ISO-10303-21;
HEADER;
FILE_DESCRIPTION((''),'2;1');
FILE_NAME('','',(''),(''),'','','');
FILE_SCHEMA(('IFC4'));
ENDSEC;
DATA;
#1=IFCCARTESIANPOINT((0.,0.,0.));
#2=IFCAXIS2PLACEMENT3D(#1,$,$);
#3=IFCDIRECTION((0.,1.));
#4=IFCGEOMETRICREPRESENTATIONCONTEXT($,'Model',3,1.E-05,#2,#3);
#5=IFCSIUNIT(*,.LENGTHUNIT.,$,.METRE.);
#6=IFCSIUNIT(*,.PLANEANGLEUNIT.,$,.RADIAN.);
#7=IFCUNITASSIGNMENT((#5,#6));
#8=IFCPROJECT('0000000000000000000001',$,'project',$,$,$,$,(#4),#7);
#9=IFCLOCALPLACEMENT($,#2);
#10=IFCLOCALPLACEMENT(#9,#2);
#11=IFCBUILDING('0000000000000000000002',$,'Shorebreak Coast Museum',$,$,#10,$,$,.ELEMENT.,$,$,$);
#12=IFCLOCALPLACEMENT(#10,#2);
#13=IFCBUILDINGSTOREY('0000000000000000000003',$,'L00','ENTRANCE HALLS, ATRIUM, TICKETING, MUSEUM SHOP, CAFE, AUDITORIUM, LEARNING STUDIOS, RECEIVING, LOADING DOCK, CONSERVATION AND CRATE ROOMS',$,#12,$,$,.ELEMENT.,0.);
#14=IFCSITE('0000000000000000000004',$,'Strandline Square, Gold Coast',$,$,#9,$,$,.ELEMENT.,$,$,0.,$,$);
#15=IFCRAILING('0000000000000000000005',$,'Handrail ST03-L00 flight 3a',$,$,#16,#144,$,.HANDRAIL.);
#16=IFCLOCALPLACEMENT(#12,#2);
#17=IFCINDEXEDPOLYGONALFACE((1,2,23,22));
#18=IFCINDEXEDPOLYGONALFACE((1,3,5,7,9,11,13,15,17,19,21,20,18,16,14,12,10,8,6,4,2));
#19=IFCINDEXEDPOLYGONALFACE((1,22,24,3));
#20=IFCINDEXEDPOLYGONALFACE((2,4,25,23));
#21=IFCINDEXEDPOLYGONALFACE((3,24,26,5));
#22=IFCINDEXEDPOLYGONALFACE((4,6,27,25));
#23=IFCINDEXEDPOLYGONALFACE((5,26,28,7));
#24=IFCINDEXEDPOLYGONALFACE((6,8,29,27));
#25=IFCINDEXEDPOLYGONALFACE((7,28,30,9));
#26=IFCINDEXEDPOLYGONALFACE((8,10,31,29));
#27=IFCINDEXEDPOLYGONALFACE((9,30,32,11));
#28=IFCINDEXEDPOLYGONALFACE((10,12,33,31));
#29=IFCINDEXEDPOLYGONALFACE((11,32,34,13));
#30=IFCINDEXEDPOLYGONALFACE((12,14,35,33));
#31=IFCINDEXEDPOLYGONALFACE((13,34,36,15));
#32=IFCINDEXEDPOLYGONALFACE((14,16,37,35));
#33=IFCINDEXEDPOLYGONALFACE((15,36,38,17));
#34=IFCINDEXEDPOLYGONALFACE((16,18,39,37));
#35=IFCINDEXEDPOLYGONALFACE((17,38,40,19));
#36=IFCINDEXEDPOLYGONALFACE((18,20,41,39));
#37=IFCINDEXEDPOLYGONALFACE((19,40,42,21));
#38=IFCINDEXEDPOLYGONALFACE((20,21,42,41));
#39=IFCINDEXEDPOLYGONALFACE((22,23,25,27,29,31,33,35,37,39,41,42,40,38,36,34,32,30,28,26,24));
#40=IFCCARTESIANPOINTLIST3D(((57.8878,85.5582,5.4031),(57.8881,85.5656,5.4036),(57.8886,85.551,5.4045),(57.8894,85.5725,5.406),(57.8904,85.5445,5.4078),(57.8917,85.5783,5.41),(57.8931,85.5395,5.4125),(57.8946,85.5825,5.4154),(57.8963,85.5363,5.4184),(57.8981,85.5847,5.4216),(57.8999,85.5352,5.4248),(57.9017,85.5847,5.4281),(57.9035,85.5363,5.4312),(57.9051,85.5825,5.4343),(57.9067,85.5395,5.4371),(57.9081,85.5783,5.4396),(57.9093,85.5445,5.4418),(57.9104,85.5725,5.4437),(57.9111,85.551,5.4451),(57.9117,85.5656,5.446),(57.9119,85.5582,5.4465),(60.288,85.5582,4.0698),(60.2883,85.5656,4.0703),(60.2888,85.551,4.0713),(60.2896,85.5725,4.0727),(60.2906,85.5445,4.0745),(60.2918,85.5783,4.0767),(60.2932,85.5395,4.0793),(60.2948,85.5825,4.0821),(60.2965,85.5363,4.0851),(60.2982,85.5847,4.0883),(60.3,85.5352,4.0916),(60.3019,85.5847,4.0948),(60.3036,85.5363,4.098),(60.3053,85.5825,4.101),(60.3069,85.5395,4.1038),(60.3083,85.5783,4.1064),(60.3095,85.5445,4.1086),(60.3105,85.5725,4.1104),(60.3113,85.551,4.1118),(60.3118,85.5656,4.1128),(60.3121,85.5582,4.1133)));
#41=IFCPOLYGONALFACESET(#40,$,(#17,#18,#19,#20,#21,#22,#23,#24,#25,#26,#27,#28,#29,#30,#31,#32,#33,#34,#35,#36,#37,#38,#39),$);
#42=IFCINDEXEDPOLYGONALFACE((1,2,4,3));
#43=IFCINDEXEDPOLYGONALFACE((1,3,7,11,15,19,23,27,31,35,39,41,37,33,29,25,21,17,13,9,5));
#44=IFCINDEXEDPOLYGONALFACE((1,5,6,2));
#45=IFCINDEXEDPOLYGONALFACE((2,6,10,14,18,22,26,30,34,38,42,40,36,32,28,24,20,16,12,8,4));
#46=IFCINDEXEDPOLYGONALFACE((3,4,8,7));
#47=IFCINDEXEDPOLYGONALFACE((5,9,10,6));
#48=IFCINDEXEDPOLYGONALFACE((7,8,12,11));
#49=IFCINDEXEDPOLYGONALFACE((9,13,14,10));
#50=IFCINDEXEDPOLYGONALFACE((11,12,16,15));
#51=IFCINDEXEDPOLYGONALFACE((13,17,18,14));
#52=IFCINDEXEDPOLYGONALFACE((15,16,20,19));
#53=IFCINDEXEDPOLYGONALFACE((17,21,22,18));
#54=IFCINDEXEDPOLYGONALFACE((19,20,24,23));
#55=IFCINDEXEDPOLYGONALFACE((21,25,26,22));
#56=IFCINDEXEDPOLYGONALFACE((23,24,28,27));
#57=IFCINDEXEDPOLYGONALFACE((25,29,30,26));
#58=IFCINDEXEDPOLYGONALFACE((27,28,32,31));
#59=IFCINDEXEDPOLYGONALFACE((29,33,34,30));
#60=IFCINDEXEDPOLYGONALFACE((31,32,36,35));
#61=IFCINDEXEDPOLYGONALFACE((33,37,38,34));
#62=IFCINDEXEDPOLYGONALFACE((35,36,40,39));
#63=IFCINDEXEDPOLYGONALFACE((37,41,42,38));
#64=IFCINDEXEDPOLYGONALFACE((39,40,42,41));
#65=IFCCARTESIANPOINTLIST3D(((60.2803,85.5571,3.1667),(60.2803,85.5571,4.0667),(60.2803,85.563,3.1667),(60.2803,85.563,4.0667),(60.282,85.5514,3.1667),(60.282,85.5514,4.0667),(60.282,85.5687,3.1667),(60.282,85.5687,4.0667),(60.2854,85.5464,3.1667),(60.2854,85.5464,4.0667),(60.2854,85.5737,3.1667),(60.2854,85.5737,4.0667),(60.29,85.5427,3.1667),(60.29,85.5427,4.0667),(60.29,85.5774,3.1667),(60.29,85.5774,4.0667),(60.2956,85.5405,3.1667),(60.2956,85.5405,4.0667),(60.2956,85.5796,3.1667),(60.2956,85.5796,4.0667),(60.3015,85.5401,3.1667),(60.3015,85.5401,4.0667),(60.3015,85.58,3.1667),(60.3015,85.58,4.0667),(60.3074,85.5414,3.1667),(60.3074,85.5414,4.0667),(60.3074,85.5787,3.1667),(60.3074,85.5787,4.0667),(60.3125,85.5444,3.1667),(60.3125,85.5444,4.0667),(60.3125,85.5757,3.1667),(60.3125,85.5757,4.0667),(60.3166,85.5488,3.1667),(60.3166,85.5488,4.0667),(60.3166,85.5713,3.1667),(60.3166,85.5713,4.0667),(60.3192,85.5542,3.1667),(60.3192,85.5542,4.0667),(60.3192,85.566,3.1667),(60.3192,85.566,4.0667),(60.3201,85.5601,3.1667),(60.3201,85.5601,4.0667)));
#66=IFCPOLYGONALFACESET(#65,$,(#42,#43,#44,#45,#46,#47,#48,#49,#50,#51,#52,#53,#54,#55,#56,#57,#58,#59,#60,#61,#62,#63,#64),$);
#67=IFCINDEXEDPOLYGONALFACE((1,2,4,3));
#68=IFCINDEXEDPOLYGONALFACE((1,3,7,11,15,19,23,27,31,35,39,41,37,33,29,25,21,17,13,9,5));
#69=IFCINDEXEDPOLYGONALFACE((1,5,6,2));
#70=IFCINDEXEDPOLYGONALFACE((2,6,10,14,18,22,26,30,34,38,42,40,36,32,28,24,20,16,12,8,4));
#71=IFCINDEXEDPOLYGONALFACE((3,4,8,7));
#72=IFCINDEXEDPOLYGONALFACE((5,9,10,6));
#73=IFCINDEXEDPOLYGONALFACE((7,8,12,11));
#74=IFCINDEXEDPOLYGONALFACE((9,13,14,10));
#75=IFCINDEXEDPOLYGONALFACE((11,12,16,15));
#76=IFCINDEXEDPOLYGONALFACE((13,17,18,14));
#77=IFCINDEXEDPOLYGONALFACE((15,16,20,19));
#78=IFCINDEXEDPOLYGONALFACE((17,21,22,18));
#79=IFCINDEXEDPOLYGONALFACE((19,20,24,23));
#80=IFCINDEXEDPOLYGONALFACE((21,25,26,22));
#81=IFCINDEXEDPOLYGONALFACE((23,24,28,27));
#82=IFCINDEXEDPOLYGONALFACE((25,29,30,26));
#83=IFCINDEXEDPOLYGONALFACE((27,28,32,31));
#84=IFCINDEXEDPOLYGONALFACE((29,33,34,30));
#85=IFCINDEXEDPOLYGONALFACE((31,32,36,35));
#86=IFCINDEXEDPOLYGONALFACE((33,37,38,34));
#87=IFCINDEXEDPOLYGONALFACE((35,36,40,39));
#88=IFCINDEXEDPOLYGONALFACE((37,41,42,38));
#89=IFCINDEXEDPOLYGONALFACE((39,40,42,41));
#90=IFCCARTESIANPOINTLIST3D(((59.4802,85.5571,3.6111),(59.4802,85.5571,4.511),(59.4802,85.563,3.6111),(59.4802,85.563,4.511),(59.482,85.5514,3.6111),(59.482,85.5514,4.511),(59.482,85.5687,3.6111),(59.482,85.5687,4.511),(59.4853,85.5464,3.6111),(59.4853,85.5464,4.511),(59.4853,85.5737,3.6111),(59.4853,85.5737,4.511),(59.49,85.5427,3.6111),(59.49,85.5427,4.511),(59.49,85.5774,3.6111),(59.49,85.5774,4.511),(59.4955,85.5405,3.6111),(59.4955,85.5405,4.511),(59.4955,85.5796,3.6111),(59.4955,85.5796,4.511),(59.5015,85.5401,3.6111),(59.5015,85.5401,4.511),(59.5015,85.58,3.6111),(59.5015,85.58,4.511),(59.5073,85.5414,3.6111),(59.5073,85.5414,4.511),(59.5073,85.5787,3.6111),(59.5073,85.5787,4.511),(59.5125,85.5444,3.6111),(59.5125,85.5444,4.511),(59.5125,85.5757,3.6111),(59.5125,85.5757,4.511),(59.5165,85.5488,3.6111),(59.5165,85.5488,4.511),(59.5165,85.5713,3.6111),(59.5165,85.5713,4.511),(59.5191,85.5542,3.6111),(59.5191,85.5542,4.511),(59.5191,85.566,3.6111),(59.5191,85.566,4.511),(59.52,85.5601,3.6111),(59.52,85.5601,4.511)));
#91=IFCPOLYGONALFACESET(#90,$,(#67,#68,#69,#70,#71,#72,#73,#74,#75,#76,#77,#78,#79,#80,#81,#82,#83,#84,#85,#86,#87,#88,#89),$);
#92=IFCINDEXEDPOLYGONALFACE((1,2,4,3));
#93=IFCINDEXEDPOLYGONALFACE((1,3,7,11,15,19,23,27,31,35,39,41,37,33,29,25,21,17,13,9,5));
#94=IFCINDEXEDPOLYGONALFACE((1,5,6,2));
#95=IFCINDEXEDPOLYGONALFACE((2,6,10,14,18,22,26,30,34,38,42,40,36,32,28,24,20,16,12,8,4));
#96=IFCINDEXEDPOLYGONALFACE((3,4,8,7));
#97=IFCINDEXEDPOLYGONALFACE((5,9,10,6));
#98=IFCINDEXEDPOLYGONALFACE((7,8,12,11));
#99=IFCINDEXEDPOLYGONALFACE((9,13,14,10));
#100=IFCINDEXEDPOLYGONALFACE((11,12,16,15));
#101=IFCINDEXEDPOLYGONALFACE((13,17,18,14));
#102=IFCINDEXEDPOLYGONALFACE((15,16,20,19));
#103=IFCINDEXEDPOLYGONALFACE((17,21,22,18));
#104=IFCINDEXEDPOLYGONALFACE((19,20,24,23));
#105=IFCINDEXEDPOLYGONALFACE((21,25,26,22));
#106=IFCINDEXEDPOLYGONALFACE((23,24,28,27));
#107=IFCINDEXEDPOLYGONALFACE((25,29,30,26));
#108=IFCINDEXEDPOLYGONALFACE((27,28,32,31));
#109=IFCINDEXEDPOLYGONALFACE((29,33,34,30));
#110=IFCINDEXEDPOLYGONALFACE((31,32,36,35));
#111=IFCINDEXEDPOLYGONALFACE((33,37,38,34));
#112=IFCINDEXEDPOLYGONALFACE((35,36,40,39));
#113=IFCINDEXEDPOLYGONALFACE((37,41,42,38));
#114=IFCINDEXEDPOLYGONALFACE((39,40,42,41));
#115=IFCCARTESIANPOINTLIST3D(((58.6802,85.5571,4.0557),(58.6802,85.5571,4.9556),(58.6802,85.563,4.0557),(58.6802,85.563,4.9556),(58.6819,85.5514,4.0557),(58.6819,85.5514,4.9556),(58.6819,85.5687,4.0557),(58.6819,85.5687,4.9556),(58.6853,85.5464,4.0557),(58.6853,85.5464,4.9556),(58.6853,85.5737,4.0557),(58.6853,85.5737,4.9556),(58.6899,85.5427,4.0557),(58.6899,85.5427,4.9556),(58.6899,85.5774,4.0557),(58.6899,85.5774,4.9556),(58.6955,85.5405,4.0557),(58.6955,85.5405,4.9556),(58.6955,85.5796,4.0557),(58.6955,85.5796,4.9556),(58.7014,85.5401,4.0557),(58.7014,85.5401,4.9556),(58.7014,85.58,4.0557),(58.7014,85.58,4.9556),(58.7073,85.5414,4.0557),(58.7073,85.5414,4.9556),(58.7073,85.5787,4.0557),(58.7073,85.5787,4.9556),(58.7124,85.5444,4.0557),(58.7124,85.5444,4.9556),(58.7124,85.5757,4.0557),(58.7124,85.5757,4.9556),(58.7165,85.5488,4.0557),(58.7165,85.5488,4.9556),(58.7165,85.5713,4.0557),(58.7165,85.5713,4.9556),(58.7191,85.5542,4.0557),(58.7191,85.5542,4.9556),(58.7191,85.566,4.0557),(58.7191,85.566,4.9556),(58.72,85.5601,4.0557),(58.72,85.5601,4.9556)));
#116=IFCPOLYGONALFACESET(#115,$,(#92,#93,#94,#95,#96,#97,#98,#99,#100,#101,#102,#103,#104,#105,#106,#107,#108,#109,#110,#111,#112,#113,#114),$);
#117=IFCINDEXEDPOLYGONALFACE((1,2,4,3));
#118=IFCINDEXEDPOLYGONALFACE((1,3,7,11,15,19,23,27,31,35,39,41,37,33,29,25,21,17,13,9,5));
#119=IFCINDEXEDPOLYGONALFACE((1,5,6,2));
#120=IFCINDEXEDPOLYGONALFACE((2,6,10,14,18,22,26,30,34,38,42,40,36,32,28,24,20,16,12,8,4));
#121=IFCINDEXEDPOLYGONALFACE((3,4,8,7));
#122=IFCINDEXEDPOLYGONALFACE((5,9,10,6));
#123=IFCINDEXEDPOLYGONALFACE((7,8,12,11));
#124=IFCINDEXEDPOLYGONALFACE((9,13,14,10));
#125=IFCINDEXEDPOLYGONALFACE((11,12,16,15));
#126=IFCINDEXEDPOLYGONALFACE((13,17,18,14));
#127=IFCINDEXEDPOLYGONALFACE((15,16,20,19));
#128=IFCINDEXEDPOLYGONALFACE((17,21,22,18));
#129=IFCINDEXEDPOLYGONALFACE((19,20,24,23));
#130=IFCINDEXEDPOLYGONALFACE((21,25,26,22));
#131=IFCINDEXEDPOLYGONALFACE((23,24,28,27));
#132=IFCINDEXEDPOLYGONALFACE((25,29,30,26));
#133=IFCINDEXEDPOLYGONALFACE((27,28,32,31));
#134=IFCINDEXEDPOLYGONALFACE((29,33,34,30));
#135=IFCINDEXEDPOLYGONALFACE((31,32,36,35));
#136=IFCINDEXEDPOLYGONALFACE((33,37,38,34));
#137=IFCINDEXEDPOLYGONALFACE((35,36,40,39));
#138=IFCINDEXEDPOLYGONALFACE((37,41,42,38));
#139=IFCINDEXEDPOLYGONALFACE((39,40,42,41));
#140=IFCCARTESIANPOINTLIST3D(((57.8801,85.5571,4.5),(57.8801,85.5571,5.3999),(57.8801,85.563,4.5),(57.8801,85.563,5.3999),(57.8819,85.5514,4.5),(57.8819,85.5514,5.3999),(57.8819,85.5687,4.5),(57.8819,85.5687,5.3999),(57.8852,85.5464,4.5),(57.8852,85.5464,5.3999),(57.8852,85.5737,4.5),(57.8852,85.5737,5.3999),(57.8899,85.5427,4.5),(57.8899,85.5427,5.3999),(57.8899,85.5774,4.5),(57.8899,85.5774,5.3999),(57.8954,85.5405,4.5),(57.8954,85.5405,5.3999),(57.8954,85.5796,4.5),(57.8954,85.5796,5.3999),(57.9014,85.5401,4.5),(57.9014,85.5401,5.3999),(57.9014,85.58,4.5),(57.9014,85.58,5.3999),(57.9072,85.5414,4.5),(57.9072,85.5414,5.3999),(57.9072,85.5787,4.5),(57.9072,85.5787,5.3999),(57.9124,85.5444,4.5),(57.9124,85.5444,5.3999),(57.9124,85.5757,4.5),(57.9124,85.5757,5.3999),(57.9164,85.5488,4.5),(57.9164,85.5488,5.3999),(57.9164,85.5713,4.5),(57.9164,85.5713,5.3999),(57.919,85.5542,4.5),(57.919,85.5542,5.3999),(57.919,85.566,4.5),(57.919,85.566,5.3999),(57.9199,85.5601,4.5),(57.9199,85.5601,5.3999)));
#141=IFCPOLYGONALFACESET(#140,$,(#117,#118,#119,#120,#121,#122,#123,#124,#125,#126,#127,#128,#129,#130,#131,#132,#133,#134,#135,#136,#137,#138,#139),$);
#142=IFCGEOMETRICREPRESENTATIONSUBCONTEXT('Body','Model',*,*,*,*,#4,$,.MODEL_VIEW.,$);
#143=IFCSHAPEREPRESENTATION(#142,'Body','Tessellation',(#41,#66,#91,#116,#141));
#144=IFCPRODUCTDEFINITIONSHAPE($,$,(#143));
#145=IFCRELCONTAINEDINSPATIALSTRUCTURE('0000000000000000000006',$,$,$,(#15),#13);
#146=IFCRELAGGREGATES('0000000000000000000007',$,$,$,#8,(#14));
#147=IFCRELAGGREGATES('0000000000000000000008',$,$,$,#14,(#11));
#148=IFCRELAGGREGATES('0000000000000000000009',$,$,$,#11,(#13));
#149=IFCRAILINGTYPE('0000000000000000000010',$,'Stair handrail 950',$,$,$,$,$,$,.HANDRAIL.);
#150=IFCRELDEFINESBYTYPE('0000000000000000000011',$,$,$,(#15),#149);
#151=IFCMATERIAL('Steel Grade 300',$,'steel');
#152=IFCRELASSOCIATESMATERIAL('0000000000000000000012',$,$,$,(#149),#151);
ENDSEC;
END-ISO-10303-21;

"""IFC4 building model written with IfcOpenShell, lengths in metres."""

from ifc_helpers import new_model, si_unit, direction, frame, origin, origin_2d, place, context, subcontext, project, spatial, circle, extrude, material, type_object, element, save


model = new_model("IFC4")

# Units and contexts
model_context = context("Model", 3, precision=1e-05, world=origin(), true_north=direction((0.0, 1.0)))
body_context = subcontext(model_context, "Body", "Model", "MODEL_VIEW")
ifc_project = project(units=[si_unit("LENGTHUNIT", "METRE"), si_unit("PLANEANGLEUNIT", "RADIAN")], contexts=[model_context])

# Site, building, storey
site_placement = place(None, origin())
site = spatial("IfcSite", under=ifc_project, at=site_placement, Name="Strandline Square, Gold Coast", CompositionType="ELEMENT", RefElevation=0.0)
building_placement = place(site_placement, origin())
building = spatial("IfcBuilding", under=site, at=building_placement, Name="Shorebreak Coast Museum", CompositionType="ELEMENT")
storey_placement = place(building_placement, origin())
storey = spatial("IfcBuildingStorey", under=building, at=storey_placement, Name="L00", Description="ENTRANCE HALLS, ATRIUM, TICKETING, MUSEUM SHOP, CAFE, AUDITORIUM, LEARNING STUDIOS, RECEIVING, LOADING DOCK, CONSERVATION AND CRATE ROOMS", CompositionType="ELEMENT", Elevation=0.0)

# Railing
ifc_material_1 = material(Name="Steel Grade 300", Category="steel")
railing_type_1 = type_object("IfcRailingType", Name="Stair handrail 950", PredefinedType="HANDRAIL", material=ifc_material_1)
for number, where, name in (
    (1, (60.3, 85.5601, 3.1667), "Handrail ST03-L00 flight 3a"),
):
    element("IfcRailing", number, at=place(storey_placement, frame(where)), inside=storey, type_object=railing_type_1, Name=name, PredefinedType="HANDRAIL", context=body_context, shape_type="SweptSolid", body=[
        extrude(circle(Radius=0.0249, at=origin_2d()), frame((0.0, 0.0, 0.9248), z_axis=(-0.874182, 0.0, 0.485598), x_axis=(0.0, -1.0, 0.0)), (0.0, 0.0, 1.0), 2.7456),
        extrude(circle(Radius=0.02, at=origin_2d()), origin(), (0.0, 0.0, 1.0), 0.8999),
        extrude(circle(Radius=0.02, at=origin_2d()), frame((-0.8, 0.0, 0.4443)), (0.0, 0.0, 1.0), 0.8999),
        extrude(circle(Radius=0.02, at=origin_2d()), frame((-1.6001, 0.0, 0.8889)), (0.0, 0.0, 1.0), 0.8999),
        extrude(circle(Radius=0.02, at=origin_2d()), frame((-2.4001, 0.0, 1.3333)), (0.0, 0.0, 1.0), 0.8999),
    ])

save(model, "model.ifc")
